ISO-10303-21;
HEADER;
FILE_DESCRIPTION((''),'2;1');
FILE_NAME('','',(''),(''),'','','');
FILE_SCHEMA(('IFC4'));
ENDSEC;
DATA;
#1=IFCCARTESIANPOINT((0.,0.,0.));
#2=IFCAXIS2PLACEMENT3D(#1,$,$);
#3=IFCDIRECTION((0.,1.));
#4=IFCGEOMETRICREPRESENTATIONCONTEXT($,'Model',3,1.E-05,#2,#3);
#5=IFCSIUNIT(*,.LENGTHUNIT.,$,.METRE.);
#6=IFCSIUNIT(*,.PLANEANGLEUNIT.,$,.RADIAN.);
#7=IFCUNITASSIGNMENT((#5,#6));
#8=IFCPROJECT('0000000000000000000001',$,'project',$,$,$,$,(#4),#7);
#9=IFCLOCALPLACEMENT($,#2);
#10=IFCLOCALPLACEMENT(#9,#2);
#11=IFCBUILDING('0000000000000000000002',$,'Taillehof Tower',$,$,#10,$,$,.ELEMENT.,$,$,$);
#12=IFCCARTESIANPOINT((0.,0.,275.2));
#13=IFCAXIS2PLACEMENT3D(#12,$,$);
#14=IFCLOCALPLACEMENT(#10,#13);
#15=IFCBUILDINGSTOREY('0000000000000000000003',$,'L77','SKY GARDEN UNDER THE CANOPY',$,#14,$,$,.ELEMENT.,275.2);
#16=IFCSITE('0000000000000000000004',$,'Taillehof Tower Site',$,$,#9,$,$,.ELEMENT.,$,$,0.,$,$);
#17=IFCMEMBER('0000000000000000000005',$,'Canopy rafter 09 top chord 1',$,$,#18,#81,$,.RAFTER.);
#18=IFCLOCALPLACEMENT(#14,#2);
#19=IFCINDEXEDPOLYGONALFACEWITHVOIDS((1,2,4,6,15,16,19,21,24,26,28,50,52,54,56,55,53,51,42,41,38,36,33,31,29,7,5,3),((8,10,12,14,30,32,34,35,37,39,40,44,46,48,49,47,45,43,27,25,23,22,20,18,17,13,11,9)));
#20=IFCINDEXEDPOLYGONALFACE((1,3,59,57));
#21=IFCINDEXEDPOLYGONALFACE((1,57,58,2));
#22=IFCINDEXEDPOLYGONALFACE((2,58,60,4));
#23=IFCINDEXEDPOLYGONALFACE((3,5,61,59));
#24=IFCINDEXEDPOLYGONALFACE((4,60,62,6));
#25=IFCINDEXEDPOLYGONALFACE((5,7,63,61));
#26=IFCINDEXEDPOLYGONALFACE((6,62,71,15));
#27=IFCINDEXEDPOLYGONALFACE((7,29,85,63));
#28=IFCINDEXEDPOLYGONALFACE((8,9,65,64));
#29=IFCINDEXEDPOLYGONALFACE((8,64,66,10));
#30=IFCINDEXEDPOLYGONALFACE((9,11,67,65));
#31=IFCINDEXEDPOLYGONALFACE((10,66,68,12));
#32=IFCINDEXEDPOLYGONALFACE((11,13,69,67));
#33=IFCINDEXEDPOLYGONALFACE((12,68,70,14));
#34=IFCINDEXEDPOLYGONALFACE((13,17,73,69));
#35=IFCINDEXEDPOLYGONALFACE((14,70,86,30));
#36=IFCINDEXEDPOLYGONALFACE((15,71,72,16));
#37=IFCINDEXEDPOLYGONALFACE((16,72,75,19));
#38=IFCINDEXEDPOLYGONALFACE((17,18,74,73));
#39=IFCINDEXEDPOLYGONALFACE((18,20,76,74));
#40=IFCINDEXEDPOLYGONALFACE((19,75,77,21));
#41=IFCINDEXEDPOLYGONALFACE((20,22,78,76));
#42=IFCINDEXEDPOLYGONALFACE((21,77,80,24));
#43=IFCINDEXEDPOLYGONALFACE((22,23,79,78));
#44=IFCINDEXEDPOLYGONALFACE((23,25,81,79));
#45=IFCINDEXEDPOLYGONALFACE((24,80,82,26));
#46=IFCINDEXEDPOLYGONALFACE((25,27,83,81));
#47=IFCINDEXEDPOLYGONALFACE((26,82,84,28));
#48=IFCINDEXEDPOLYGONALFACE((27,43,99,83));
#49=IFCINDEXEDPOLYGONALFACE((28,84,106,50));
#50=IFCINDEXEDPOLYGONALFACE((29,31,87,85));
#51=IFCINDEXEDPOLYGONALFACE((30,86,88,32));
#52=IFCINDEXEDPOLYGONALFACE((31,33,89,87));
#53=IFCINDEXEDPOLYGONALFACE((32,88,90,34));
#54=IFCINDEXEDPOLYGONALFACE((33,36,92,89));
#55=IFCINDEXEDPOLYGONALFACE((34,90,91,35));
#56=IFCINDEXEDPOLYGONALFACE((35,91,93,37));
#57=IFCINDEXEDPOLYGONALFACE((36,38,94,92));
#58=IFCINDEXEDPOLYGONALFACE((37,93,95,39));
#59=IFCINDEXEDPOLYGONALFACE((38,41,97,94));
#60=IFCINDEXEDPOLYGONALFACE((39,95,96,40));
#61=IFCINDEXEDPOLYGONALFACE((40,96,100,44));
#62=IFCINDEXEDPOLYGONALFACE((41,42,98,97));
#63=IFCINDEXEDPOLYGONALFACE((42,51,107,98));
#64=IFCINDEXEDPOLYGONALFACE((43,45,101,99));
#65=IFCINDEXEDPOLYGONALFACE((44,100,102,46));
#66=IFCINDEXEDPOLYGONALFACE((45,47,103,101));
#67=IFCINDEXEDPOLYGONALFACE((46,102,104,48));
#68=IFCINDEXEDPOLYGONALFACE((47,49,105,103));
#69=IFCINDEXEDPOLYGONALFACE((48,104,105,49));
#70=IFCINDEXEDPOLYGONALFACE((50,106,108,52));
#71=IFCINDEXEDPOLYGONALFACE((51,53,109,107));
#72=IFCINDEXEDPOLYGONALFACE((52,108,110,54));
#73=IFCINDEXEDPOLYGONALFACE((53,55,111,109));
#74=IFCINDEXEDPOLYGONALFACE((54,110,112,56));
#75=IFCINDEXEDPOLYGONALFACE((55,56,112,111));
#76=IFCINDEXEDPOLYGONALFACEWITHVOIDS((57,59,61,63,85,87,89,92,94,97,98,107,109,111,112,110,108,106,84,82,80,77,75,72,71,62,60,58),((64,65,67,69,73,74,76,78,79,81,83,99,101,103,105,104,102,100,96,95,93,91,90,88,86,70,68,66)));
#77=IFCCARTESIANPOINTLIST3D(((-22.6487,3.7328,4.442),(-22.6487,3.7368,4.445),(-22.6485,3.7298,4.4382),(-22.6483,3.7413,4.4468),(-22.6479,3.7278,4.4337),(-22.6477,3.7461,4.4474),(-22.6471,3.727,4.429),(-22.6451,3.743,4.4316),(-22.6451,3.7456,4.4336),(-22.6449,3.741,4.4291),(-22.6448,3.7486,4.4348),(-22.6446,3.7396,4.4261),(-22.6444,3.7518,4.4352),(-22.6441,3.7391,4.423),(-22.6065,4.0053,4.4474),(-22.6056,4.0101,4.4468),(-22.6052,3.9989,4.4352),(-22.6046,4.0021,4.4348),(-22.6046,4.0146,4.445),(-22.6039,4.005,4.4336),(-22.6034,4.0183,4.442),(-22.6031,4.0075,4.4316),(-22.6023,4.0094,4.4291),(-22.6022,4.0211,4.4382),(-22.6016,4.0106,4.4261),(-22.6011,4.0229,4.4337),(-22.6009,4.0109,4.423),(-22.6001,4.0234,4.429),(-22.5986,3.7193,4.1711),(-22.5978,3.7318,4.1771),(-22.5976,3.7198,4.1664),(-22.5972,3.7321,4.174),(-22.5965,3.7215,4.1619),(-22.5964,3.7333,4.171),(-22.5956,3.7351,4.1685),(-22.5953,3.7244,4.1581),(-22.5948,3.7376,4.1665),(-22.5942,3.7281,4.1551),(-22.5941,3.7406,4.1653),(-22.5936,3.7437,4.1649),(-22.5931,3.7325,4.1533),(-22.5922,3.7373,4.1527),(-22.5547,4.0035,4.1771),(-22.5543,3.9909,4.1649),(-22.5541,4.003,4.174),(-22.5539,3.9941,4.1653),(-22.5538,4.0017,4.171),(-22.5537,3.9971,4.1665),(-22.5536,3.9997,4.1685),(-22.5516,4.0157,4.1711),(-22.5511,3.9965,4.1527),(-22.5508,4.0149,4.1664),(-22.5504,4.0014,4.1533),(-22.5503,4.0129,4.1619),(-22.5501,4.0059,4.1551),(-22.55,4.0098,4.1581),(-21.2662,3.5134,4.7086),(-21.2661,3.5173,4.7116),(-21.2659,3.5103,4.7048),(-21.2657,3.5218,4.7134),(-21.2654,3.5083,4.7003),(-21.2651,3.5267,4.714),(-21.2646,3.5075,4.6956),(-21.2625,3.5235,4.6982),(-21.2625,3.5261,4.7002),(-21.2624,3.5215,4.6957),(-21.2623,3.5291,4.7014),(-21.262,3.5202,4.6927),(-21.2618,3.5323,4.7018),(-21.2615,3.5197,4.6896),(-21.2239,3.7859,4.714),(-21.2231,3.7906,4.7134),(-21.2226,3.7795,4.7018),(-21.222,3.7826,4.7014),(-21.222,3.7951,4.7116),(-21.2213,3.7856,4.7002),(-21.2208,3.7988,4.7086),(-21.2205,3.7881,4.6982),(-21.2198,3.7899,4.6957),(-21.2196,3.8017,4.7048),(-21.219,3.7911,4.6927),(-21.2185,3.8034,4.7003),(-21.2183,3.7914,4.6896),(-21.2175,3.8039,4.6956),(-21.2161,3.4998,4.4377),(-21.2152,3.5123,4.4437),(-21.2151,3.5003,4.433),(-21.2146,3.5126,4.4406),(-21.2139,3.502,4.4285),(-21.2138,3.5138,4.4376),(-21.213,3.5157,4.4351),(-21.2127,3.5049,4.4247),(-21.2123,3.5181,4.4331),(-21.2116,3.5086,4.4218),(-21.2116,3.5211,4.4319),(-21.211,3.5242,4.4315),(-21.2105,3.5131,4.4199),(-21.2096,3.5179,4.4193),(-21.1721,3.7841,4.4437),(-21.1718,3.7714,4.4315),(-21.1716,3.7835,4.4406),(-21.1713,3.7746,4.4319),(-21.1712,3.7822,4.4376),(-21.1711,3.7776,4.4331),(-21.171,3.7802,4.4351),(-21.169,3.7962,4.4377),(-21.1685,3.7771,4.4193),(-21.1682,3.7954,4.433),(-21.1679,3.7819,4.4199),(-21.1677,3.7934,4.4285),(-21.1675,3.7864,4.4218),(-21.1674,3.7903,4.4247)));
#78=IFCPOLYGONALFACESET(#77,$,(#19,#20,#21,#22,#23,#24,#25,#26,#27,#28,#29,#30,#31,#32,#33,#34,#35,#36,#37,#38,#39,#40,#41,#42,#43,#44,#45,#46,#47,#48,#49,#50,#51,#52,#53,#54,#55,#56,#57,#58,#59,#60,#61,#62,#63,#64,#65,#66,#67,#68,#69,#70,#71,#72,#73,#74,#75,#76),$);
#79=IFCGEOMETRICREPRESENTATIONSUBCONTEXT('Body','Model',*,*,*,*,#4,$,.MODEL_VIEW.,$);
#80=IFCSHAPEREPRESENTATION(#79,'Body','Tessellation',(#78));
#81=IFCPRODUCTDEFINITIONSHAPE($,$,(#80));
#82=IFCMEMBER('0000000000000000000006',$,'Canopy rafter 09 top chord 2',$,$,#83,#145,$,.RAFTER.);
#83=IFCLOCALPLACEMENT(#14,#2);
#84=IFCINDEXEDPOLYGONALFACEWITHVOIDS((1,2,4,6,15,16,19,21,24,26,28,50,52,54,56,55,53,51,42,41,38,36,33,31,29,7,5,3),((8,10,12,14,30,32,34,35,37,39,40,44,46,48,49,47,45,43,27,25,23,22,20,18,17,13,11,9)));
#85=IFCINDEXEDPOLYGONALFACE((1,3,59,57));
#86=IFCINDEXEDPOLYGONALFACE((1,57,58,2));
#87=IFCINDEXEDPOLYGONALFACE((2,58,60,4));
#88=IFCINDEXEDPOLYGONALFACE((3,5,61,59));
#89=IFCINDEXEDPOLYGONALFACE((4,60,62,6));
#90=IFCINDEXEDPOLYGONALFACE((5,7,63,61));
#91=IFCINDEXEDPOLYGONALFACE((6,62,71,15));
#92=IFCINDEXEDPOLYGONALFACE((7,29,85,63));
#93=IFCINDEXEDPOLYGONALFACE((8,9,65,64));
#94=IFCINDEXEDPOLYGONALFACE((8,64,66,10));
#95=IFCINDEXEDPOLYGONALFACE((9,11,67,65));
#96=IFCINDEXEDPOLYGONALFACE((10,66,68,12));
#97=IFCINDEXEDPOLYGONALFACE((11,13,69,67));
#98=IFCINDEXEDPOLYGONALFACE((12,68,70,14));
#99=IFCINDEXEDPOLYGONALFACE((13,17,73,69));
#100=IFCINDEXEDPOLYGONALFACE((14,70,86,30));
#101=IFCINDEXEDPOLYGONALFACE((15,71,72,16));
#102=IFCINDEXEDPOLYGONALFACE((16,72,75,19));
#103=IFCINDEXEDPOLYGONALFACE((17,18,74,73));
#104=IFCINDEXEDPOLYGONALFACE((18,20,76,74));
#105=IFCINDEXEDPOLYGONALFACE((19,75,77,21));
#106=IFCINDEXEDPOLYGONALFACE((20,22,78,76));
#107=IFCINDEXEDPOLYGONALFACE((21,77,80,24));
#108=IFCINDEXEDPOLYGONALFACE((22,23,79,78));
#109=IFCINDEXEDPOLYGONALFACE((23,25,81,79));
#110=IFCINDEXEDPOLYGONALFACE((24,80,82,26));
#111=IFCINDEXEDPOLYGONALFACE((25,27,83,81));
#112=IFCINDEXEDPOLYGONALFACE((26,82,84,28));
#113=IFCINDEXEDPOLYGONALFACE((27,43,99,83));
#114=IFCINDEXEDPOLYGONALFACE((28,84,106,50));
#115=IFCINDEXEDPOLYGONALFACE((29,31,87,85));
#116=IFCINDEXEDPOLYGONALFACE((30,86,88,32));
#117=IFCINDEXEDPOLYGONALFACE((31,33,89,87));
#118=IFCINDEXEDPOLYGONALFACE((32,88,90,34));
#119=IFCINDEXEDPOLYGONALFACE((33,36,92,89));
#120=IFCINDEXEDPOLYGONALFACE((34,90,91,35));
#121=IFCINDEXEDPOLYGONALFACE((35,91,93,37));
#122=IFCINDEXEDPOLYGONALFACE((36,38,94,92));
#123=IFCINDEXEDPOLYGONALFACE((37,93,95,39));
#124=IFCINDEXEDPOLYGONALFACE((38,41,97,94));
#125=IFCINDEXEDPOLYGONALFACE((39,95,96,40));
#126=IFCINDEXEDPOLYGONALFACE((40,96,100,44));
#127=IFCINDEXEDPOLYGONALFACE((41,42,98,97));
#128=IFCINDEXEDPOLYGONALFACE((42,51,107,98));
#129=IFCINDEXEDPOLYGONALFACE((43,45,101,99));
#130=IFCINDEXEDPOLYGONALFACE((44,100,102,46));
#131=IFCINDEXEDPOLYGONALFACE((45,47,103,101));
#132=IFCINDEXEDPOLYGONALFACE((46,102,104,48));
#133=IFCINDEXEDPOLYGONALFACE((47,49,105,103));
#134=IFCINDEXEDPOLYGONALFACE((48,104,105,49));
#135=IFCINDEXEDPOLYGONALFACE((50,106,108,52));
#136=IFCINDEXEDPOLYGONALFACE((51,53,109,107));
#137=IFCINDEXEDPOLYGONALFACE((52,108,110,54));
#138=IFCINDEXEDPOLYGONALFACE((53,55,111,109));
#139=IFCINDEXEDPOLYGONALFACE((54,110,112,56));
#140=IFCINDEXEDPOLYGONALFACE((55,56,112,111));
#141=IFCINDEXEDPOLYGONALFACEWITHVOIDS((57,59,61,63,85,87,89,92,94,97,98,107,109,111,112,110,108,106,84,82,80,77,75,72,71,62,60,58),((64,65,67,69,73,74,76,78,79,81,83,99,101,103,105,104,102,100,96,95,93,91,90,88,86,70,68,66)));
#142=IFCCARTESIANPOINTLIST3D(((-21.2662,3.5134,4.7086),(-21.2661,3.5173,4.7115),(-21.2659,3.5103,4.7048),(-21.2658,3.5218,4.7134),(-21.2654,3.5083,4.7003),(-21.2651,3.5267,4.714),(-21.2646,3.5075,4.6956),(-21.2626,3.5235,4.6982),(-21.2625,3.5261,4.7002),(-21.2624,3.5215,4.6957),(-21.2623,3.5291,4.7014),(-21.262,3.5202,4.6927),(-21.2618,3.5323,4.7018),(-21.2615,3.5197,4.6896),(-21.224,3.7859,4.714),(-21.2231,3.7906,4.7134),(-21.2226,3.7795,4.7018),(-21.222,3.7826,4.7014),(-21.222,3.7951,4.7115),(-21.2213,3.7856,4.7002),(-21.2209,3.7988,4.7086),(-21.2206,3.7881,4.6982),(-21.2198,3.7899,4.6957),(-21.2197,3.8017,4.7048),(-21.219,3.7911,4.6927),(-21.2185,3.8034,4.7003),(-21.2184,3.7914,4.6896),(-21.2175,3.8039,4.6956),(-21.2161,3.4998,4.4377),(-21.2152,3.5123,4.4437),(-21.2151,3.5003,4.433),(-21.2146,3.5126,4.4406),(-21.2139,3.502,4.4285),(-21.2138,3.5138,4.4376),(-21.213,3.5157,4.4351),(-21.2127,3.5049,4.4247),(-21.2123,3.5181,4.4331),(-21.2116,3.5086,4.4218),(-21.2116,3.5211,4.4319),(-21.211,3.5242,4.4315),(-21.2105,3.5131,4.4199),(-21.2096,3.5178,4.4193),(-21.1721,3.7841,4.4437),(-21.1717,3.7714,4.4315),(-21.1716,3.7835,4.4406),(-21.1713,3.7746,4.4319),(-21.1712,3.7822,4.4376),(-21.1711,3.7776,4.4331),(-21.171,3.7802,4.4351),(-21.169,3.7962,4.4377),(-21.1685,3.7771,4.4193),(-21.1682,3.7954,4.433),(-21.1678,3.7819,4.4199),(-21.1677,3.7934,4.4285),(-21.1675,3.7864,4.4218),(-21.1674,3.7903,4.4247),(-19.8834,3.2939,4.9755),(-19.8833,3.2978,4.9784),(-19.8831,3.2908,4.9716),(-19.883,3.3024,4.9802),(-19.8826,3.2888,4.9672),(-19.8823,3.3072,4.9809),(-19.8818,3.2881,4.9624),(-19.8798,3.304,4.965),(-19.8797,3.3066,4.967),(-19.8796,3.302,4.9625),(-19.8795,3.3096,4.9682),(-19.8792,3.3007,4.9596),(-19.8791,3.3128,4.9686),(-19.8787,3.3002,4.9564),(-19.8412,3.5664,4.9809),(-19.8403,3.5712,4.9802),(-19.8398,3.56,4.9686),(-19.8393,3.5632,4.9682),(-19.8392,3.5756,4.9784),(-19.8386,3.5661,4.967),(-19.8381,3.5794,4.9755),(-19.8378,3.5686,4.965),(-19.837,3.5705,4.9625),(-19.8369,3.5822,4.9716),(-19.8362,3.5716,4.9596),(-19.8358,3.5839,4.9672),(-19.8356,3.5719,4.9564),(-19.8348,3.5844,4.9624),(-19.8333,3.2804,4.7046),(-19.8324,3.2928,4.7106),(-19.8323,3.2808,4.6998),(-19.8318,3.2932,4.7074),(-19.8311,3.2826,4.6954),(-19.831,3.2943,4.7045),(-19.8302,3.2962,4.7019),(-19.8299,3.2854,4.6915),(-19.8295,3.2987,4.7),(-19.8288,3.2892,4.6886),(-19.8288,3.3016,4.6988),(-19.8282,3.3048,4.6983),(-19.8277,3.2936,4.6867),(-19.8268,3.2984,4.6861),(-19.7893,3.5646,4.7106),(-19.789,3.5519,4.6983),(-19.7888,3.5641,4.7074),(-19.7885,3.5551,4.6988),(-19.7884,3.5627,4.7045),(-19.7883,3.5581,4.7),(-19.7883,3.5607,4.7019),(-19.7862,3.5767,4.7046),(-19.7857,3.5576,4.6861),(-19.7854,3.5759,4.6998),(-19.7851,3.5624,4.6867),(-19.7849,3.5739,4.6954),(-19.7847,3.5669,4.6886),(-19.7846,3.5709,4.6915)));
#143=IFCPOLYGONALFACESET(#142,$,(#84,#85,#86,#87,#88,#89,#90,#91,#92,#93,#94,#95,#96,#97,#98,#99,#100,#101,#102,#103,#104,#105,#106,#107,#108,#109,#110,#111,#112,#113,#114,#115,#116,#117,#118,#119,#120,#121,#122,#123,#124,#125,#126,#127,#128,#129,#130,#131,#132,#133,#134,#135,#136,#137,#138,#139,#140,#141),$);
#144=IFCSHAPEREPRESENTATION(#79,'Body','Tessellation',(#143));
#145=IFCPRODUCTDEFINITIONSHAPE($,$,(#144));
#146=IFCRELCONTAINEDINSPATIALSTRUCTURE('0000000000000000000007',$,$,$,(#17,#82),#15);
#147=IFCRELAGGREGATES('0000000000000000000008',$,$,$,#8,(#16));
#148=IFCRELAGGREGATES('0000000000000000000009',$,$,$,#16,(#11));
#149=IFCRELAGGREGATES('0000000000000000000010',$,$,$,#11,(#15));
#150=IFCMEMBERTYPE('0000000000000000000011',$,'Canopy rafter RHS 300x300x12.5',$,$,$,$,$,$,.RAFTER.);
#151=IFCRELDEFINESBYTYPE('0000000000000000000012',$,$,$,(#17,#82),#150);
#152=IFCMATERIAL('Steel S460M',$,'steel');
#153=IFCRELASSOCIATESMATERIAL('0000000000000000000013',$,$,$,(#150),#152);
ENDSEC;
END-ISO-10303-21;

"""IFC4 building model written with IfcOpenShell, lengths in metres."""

from ifc_helpers import new_model, si_unit, direction, frame, origin, origin_2d, place, context, subcontext, project, spatial, hollow_rectangle, extrude, material, material_profile, profile_set, type_object, element, save


model = new_model("IFC4")

# Units and contexts
model_context = context("Model", 3, precision=1e-05, world=origin(), true_north=direction((0.0, 1.0)))
body_context = subcontext(model_context, "Body", "Model", "MODEL_VIEW")
ifc_project = project(units=[si_unit("LENGTHUNIT", "METRE"), si_unit("PLANEANGLEUNIT", "RADIAN")], contexts=[model_context])

# Site, building, storey
site_placement = place(None, origin())
site = spatial("IfcSite", under=ifc_project, at=site_placement, Name="Taillehof Tower Site", CompositionType="ELEMENT", RefElevation=0.0)
building_placement = place(site_placement, origin())
building = spatial("IfcBuilding", under=site, at=building_placement, Name="Taillehof Tower", CompositionType="ELEMENT")
storey_placement = place(building_placement, frame((0.0, 0.0, 275.2)))
storey = spatial("IfcBuildingStorey", under=building, at=storey_placement, Name="L77", Description="SKY GARDEN UNDER THE CANOPY", CompositionType="ELEMENT", Elevation=275.2)

# Members
ifc_material_1 = material(Name="Steel S460M", Category="steel")
ifc_material_profile_1 = material_profile(ifc_material_1, hollow_rectangle(XDim=0.3, YDim=0.3, WallThickness=0.0125, InnerFilletRadius=0.0125, OuterFilletRadius=0.0188, at=origin_2d()), Name="RHS 300x300x12.5")
ifc_profile_set_1 = profile_set([ifc_material_profile_1], Name="Steel S460M")
member_type_1 = type_object("IfcMemberType", Name="Canopy rafter RHS 300x300x12.5", PredefinedType="RAFTER", material=ifc_profile_set_1)
member_1_placement = place(storey_placement, frame((-22.5994, 3.8713, 4.3), z_axis=(0.970195, -0.154018, 0.187083), x_axis=(0.156786, 0.987633, 0.0)))
element("IfcMember", 1, at=member_1_placement, inside=storey, type_object=member_type_1, Name="Canopy rafter 09 top chord 1", PredefinedType="RAFTER", context=body_context, shape_type="SweptSolid", body=[
    extrude(hollow_rectangle(XDim=0.3, YDim=0.3, WallThickness=0.0125, InnerFilletRadius=0.0125, OuterFilletRadius=0.0188, at=origin_2d()), origin(), (0.0, 0.0, 1.0), 1.425),
])
member_2_placement = place(storey_placement, frame((-21.2168, 3.6519, 4.5667), z_axis=(0.970174, -0.153988, 0.187218), x_axis=(0.156759, 0.987637, 0.0)))
element("IfcMember", 2, at=member_2_placement, inside=storey, type_object=member_type_1, Name="Canopy rafter 09 top chord 2", PredefinedType="RAFTER", context=body_context, shape_type="SweptSolid", body=[
    extrude(hollow_rectangle(XDim=0.3, YDim=0.3, WallThickness=0.0125, InnerFilletRadius=0.0125, OuterFilletRadius=0.0188, at=origin_2d()), origin(), (0.0, 0.0, 1.0), 1.4253),
])

save(model, "model.ifc")
